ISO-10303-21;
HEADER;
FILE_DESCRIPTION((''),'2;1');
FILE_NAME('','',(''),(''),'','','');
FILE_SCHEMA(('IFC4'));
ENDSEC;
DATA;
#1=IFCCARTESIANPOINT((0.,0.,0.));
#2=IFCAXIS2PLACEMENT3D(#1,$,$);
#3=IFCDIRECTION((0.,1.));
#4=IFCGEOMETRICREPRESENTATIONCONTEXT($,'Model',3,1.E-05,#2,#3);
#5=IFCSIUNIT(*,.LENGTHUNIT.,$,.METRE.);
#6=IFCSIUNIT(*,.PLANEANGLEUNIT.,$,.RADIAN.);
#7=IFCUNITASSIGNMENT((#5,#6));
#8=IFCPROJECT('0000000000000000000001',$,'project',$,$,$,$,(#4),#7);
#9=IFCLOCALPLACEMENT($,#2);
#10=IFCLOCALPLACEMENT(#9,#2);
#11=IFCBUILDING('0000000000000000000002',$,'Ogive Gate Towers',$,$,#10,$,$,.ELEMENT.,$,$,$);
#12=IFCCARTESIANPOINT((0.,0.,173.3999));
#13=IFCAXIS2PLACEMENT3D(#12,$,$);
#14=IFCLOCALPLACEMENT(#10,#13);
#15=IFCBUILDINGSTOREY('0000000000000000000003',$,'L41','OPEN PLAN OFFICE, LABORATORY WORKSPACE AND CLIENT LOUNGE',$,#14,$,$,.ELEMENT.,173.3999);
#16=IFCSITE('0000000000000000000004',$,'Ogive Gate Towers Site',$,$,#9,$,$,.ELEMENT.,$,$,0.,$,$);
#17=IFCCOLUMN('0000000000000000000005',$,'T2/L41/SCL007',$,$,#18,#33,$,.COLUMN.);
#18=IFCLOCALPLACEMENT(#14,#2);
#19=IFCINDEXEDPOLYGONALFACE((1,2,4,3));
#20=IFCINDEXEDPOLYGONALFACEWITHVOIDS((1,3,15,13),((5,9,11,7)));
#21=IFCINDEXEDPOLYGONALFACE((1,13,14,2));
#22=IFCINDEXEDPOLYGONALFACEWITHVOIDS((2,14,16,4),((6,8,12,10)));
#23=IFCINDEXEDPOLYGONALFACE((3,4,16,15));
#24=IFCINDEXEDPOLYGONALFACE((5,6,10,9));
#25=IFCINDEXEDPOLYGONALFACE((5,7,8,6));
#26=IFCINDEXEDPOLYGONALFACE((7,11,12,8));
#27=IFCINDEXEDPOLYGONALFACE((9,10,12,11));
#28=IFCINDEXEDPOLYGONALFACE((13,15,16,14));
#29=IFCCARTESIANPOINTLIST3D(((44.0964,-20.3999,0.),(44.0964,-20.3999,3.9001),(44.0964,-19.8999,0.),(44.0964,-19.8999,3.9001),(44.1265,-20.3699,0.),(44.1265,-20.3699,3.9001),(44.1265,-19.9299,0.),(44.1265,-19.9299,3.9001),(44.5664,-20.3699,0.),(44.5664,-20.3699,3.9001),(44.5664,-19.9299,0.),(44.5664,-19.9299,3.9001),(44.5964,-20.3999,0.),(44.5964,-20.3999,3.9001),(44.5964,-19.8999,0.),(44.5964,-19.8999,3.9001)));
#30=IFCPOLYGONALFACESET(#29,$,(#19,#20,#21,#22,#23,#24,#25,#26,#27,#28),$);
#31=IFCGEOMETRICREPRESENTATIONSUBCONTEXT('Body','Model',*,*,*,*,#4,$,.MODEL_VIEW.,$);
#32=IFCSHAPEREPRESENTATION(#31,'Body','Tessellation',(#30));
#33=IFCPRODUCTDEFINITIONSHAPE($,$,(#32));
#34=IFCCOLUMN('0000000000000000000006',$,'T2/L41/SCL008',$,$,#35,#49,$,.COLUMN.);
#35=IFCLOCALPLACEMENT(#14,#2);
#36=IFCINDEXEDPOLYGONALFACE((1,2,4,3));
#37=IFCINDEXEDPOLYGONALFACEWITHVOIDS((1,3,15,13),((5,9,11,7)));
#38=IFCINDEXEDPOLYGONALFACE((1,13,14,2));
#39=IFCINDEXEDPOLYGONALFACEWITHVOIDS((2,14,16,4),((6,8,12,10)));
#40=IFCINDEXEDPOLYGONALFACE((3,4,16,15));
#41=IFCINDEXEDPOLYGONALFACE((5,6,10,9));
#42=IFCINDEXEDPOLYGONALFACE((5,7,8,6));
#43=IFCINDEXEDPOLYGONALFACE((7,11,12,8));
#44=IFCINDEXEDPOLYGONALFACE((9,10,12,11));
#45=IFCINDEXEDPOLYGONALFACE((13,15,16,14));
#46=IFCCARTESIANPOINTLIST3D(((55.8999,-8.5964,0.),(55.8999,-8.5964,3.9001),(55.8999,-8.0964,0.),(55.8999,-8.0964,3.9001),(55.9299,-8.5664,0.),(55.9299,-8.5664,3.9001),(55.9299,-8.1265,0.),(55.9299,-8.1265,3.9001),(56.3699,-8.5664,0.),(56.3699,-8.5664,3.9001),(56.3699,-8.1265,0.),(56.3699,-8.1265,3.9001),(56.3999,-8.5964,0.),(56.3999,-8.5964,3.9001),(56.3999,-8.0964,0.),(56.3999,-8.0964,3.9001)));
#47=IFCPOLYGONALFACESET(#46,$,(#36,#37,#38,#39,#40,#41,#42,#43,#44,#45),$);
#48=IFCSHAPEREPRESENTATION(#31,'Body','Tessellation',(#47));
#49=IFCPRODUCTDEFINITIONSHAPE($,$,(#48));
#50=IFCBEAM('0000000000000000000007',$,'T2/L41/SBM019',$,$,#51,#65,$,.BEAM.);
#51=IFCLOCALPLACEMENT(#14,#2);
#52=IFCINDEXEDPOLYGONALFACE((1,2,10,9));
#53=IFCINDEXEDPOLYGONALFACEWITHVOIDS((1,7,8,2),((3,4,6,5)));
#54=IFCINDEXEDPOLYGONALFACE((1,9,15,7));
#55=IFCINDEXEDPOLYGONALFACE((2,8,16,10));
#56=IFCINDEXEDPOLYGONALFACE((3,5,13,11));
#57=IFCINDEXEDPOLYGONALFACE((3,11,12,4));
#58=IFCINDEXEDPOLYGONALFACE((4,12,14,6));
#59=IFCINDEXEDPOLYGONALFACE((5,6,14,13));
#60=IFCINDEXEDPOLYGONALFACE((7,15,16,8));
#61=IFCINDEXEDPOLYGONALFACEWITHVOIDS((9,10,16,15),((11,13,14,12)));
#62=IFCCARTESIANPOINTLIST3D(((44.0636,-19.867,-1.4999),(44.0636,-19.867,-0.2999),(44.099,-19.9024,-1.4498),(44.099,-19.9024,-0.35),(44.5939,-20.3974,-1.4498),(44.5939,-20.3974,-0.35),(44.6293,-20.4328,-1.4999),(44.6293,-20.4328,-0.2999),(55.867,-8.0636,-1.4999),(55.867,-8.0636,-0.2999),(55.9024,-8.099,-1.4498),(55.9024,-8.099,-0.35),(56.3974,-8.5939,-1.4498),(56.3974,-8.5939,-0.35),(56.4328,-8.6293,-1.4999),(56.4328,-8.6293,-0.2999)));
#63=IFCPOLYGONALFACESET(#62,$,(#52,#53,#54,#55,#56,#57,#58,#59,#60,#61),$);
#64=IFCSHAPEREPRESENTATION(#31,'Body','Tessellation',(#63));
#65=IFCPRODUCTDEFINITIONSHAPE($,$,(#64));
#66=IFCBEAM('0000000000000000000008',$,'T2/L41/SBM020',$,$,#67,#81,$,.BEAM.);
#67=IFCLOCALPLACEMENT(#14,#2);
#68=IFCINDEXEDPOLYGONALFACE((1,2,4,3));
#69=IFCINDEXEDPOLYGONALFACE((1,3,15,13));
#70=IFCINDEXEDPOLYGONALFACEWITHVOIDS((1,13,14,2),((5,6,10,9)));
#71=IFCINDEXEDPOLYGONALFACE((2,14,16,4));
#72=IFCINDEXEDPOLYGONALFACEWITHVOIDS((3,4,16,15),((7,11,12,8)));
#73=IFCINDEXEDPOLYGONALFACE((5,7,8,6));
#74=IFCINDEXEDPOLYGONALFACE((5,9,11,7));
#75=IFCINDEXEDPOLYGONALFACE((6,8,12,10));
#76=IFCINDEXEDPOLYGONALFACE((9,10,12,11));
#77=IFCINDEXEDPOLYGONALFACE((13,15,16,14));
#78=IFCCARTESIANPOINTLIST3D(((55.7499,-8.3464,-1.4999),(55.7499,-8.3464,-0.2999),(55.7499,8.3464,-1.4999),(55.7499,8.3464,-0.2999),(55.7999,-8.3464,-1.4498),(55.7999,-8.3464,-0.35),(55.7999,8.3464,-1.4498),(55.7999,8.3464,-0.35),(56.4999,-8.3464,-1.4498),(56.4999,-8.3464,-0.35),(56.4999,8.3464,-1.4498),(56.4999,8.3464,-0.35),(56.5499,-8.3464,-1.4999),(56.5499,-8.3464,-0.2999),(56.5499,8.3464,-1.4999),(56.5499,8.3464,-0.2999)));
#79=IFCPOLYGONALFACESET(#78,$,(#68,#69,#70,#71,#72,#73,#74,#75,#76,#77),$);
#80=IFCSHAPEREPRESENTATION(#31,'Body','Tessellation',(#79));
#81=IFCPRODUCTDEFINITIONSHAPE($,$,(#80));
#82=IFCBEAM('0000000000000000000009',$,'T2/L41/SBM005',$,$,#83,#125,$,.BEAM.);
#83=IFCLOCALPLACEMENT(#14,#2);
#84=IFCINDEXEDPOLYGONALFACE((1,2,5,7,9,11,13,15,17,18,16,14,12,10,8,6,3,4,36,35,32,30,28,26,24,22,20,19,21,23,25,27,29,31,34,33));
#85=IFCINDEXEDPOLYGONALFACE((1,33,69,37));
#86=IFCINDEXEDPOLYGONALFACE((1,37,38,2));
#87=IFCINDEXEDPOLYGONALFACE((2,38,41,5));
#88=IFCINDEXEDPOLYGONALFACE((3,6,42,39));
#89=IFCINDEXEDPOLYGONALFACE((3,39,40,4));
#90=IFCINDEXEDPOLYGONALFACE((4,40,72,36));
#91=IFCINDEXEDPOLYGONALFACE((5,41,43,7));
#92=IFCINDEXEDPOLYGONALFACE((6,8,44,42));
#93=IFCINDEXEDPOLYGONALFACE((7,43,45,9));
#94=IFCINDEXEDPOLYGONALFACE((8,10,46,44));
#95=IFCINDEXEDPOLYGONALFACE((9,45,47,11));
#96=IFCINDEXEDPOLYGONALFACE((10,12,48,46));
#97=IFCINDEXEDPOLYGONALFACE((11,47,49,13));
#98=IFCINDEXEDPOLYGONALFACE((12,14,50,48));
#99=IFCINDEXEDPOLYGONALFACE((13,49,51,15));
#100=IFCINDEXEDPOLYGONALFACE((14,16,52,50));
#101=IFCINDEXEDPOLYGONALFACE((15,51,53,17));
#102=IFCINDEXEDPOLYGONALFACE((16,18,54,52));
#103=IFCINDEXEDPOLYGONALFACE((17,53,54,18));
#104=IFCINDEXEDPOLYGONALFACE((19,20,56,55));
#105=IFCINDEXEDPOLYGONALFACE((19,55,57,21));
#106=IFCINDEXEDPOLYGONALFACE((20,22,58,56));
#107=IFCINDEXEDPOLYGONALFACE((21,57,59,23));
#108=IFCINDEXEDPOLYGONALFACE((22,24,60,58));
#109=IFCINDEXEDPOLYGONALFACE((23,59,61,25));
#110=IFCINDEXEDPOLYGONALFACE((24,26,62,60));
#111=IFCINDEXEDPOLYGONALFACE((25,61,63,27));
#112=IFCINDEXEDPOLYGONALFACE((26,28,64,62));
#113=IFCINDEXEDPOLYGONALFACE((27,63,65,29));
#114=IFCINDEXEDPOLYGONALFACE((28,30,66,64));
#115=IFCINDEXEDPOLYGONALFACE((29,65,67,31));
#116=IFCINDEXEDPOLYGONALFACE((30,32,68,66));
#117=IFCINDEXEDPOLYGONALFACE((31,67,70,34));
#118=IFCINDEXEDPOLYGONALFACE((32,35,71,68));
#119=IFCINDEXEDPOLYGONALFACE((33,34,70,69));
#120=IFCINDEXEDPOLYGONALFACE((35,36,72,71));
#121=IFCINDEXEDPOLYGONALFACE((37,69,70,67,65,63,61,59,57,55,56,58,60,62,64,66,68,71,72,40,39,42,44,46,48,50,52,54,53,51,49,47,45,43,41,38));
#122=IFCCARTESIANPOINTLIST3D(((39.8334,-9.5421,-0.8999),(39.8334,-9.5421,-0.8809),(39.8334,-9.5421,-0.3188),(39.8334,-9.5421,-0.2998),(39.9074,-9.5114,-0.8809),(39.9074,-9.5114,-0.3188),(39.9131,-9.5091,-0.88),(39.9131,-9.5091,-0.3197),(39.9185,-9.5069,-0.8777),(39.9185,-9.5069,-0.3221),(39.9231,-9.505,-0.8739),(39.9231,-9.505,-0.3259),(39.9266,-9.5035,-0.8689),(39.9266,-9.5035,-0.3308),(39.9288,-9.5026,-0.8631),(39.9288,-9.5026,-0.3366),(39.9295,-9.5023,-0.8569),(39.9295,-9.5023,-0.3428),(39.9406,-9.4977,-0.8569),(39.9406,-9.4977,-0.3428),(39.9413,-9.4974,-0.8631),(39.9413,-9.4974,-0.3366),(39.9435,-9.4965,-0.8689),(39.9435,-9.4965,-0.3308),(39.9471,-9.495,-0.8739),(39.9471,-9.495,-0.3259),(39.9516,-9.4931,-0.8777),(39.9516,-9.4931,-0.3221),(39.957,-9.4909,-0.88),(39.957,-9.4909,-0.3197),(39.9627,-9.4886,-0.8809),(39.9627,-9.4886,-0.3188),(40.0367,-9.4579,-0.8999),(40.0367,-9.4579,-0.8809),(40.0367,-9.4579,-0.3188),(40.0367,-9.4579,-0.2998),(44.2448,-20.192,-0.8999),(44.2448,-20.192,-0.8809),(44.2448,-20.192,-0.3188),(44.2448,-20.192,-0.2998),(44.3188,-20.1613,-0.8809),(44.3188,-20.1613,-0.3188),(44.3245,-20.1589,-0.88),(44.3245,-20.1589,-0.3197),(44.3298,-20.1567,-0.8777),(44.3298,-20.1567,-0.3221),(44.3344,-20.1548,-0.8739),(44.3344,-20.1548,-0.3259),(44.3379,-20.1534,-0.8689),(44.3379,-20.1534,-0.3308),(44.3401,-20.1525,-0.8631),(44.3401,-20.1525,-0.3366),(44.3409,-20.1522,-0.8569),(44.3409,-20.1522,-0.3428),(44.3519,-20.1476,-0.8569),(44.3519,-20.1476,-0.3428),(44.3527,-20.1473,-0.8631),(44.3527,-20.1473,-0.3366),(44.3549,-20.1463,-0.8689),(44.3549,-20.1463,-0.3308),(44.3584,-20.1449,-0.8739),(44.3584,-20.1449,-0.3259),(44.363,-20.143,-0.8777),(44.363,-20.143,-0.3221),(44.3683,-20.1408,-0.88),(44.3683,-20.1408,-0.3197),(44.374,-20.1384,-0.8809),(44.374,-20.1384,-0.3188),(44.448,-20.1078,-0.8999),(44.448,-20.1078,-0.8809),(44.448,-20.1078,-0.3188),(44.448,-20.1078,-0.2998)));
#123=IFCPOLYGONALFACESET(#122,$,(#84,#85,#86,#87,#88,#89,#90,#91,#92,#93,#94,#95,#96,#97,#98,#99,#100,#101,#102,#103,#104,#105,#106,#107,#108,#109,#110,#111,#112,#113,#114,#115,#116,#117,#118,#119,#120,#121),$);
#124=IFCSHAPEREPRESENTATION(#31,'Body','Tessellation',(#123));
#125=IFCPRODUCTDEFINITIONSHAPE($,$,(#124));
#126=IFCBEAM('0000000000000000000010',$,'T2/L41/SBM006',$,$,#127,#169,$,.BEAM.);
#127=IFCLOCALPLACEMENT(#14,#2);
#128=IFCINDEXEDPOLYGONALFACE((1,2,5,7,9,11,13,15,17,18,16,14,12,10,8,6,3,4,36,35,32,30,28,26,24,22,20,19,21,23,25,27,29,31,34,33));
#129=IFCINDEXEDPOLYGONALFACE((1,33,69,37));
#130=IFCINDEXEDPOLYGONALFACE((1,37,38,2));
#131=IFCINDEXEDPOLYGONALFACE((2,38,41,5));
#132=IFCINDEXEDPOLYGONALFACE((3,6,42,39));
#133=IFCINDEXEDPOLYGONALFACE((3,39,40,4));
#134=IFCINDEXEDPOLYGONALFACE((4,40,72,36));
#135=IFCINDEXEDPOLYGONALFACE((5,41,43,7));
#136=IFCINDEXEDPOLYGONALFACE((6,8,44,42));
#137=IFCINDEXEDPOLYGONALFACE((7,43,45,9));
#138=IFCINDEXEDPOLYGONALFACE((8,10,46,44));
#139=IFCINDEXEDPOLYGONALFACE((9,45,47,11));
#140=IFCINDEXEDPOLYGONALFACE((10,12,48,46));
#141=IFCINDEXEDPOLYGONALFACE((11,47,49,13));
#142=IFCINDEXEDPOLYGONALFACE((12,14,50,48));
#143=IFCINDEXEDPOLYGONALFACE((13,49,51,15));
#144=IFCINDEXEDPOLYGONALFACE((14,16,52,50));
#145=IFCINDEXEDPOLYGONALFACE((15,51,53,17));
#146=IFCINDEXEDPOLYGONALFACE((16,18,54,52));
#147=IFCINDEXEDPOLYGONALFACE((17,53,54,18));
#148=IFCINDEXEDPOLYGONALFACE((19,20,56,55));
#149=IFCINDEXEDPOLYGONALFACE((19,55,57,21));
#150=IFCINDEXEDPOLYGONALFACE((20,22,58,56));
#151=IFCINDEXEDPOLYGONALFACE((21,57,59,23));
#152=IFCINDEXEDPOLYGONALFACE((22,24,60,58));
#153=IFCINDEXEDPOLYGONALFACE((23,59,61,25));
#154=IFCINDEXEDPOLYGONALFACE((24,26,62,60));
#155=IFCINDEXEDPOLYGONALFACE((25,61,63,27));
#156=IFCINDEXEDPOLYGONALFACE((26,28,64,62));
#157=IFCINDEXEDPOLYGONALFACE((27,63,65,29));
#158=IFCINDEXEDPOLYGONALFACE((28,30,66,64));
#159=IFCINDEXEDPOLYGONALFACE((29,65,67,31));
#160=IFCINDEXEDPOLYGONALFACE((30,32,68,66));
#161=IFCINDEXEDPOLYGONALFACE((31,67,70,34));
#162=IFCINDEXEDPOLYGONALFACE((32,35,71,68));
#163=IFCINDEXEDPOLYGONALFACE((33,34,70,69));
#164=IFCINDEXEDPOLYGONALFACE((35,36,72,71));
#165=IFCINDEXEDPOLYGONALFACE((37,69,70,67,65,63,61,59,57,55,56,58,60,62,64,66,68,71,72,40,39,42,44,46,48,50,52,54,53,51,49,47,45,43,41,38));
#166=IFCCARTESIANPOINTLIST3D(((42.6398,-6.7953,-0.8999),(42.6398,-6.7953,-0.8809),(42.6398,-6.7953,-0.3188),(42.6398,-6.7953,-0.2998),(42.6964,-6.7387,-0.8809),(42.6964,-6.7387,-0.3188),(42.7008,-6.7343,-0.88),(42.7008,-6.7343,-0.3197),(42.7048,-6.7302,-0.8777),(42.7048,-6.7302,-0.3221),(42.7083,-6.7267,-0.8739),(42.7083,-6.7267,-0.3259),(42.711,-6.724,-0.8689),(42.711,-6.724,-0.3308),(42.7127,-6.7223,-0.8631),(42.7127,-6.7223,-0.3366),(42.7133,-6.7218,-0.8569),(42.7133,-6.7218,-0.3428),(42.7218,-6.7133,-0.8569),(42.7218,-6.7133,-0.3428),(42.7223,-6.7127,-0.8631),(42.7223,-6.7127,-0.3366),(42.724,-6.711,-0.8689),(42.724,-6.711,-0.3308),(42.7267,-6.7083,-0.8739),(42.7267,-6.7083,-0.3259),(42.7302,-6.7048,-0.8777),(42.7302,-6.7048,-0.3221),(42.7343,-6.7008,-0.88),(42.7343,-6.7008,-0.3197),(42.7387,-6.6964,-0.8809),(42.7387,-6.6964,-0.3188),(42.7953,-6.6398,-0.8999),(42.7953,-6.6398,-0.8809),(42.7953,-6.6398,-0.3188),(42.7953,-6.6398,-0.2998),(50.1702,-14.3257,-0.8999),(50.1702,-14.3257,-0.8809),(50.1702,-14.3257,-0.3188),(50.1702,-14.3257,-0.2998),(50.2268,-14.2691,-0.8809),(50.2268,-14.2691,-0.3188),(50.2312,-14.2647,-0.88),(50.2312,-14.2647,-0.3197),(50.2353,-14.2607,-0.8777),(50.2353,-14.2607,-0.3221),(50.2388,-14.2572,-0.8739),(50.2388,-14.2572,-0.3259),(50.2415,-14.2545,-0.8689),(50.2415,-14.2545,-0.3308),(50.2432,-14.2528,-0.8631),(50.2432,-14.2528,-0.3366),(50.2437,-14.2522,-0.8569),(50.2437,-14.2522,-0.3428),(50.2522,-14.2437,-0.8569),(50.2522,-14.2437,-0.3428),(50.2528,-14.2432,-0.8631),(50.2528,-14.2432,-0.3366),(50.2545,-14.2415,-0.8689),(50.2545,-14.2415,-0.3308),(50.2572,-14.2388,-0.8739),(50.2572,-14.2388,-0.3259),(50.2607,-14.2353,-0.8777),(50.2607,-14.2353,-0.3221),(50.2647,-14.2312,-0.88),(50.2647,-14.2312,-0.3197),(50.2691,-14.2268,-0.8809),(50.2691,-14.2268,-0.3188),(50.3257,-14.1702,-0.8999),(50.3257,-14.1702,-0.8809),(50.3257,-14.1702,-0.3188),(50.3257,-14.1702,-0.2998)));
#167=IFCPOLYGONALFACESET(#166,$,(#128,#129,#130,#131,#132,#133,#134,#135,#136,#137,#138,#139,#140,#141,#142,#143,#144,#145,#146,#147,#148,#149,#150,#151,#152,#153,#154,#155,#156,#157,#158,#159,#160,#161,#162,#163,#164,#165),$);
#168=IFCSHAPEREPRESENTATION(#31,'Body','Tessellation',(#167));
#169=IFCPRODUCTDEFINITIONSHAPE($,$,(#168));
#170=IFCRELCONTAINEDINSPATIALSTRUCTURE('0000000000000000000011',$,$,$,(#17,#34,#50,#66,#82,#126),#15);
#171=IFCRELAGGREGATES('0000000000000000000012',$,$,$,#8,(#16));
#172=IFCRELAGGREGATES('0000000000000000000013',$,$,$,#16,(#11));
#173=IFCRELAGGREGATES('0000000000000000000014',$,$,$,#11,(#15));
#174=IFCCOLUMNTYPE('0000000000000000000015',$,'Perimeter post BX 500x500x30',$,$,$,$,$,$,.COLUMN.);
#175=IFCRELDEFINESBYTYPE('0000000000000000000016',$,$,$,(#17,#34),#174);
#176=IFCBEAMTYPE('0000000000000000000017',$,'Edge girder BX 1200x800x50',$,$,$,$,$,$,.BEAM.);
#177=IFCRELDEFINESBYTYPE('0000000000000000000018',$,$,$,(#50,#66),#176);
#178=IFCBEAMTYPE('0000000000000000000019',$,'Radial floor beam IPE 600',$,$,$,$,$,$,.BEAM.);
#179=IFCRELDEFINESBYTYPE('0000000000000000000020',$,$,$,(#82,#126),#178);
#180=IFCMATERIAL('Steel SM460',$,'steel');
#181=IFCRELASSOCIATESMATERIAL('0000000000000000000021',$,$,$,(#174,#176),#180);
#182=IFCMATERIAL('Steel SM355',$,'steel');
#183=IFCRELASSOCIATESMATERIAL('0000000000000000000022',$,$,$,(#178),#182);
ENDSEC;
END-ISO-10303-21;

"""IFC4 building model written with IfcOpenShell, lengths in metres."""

from ifc_helpers import new_model, si_unit, direction, frame, origin, origin_2d, place, context, subcontext, project, spatial, hollow_rectangle, i_section, extrude, material, material_profile, profile_set, type_object, element, save


model = new_model("IFC4")

# Units and contexts
model_context = context("Model", 3, precision=1e-05, world=origin(), true_north=direction((0.0, 1.0)))
body_context = subcontext(model_context, "Body", "Model", "MODEL_VIEW")
ifc_project = project(units=[si_unit("LENGTHUNIT", "METRE"), si_unit("PLANEANGLEUNIT", "RADIAN")], contexts=[model_context])

# Site, building, storey
site_placement = place(None, origin())
site = spatial("IfcSite", under=ifc_project, at=site_placement, Name="Ogive Gate Towers Site", CompositionType="ELEMENT", RefElevation=0.0)
building_placement = place(site_placement, origin())
building = spatial("IfcBuilding", under=site, at=building_placement, Name="Ogive Gate Towers", CompositionType="ELEMENT")
storey_placement = place(building_placement, frame((0.0, 0.0, 173.3999)))
storey = spatial("IfcBuildingStorey", under=building, at=storey_placement, Name="L41", Description="OPEN PLAN OFFICE, LABORATORY WORKSPACE AND CLIENT LOUNGE", CompositionType="ELEMENT", Elevation=173.3999)

# Columns
ifc_material_1 = material(Name="Steel SM460", Category="steel")
ifc_material_profile_1 = material_profile(ifc_material_1, hollow_rectangle(XDim=0.5, YDim=0.5, WallThickness=0.03, at=origin_2d()), Name="BX 500x500x30")
ifc_profile_set_1 = profile_set([ifc_material_profile_1], Name="Steel SM460")
column_type = type_object("IfcColumnType", Name="Perimeter post BX 500x500x30", PredefinedType="COLUMN", material=ifc_profile_set_1)
for number, where, z_axis, x_axis, name in (
    (1, (44.3464, -20.1499, 0.0), (0.0, 0.0, 1.0), (1.0, 0.0, 0.0), "T2/L41/SCL007"),
    (2, (56.1499, -8.3464, 0.0), (0.0, 0.0, 1.0), (1.0, 0.0, 0.0), "T2/L41/SCL008"),
):
    element("IfcColumn", number, at=place(storey_placement, frame(where, z_axis=z_axis, x_axis=x_axis)), inside=storey, type_object=column_type, Name=name, PredefinedType="COLUMN", context=body_context, shape_type="SweptSolid", body=[
        extrude(hollow_rectangle(XDim=0.5, YDim=0.5, WallThickness=0.03, at=origin_2d()), origin(), (0.0, 0.0, 1.0), 3.9001),
    ])

# Beams
ifc_material_profile_2 = material_profile(ifc_material_1, hollow_rectangle(XDim=0.8, YDim=1.2, WallThickness=0.05, at=origin_2d()), Name="BX 1200x800x50")
ifc_profile_set_2 = profile_set([ifc_material_profile_2], Name="Steel SM460")
beam_type_1 = type_object("IfcBeamType", Name="Edge girder BX 1200x800x50", PredefinedType="BEAM", material=ifc_profile_set_2)
beam_1_placement = place(storey_placement, frame((44.3464, -20.1499, -0.8999), z_axis=(0.707107, 0.707107, 0.0), x_axis=(-0.707107, 0.707107, 0.0)))
element("IfcBeam", 3, at=beam_1_placement, inside=storey, type_object=beam_type_1, Name="T2/L41/SBM019", PredefinedType="BEAM", context=body_context, shape_type="SweptSolid", body=[
    extrude(hollow_rectangle(XDim=0.8, YDim=1.2, WallThickness=0.05, at=origin_2d()), origin(), (0.0, 0.0, 1.0), 16.6926),
])
beam_2_placement = place(storey_placement, frame((56.1499, -8.3464, -0.8999), z_axis=(0.0, 1.0, 0.0), x_axis=(-1.0, 0.0, 0.0)))
element("IfcBeam", 4, at=beam_2_placement, inside=storey, type_object=beam_type_1, Name="T2/L41/SBM020", PredefinedType="BEAM", context=body_context, shape_type="SweptSolid", body=[
    extrude(hollow_rectangle(XDim=0.8, YDim=1.2, WallThickness=0.05, at=origin_2d()), origin(), (0.0, 0.0, 1.0), 16.6929),
])
ifc_material_2 = material(Name="Steel SM355", Category="steel")
ifc_material_profile_3 = material_profile(ifc_material_2, i_section(OverallWidth=0.22, OverallDepth=0.6001, WebThickness=0.012, FlangeThickness=0.019, FilletRadius=0.0239, at=origin_2d()), Name="IPE 600")
ifc_profile_set_3 = profile_set([ifc_material_profile_3], Name="Steel SM355")
beam_type_2 = type_object("IfcBeamType", Name="Radial floor beam IPE 600", PredefinedType="BEAM", material=ifc_profile_set_3)
beam_3_placement = place(storey_placement, frame((39.9351, -9.5, -0.5999), z_axis=(0.382687, -0.923878, 0.0), x_axis=(0.923878, 0.382687, 0.0)))
element("IfcBeam", 5, at=beam_3_placement, inside=storey, type_object=beam_type_2, Name="T2/L41/SBM005", PredefinedType="BEAM", context=body_context, shape_type="SweptSolid", body=[
    extrude(i_section(OverallWidth=0.22, OverallDepth=0.6001, WebThickness=0.012, FlangeThickness=0.019, FilletRadius=0.0239, at=origin_2d()), origin(), (0.0, 0.0, 1.0), 11.5273),
])
beam_4_placement = place(storey_placement, frame((42.7175, -6.7175, -0.5999), z_axis=(0.707107, -0.707107, 0.0), x_axis=(0.707107, 0.707107, 0.0)))
element("IfcBeam", 6, at=beam_4_placement, inside=storey, type_object=beam_type_2, Name="T2/L41/SBM006", PredefinedType="BEAM", context=body_context, shape_type="SweptSolid", body=[
    extrude(i_section(OverallWidth=0.22, OverallDepth=0.6001, WebThickness=0.012, FlangeThickness=0.019, FilletRadius=0.0239, at=origin_2d()), origin(), (0.0, 0.0, 1.0), 10.6497),
])

save(model, "model.ifc")
